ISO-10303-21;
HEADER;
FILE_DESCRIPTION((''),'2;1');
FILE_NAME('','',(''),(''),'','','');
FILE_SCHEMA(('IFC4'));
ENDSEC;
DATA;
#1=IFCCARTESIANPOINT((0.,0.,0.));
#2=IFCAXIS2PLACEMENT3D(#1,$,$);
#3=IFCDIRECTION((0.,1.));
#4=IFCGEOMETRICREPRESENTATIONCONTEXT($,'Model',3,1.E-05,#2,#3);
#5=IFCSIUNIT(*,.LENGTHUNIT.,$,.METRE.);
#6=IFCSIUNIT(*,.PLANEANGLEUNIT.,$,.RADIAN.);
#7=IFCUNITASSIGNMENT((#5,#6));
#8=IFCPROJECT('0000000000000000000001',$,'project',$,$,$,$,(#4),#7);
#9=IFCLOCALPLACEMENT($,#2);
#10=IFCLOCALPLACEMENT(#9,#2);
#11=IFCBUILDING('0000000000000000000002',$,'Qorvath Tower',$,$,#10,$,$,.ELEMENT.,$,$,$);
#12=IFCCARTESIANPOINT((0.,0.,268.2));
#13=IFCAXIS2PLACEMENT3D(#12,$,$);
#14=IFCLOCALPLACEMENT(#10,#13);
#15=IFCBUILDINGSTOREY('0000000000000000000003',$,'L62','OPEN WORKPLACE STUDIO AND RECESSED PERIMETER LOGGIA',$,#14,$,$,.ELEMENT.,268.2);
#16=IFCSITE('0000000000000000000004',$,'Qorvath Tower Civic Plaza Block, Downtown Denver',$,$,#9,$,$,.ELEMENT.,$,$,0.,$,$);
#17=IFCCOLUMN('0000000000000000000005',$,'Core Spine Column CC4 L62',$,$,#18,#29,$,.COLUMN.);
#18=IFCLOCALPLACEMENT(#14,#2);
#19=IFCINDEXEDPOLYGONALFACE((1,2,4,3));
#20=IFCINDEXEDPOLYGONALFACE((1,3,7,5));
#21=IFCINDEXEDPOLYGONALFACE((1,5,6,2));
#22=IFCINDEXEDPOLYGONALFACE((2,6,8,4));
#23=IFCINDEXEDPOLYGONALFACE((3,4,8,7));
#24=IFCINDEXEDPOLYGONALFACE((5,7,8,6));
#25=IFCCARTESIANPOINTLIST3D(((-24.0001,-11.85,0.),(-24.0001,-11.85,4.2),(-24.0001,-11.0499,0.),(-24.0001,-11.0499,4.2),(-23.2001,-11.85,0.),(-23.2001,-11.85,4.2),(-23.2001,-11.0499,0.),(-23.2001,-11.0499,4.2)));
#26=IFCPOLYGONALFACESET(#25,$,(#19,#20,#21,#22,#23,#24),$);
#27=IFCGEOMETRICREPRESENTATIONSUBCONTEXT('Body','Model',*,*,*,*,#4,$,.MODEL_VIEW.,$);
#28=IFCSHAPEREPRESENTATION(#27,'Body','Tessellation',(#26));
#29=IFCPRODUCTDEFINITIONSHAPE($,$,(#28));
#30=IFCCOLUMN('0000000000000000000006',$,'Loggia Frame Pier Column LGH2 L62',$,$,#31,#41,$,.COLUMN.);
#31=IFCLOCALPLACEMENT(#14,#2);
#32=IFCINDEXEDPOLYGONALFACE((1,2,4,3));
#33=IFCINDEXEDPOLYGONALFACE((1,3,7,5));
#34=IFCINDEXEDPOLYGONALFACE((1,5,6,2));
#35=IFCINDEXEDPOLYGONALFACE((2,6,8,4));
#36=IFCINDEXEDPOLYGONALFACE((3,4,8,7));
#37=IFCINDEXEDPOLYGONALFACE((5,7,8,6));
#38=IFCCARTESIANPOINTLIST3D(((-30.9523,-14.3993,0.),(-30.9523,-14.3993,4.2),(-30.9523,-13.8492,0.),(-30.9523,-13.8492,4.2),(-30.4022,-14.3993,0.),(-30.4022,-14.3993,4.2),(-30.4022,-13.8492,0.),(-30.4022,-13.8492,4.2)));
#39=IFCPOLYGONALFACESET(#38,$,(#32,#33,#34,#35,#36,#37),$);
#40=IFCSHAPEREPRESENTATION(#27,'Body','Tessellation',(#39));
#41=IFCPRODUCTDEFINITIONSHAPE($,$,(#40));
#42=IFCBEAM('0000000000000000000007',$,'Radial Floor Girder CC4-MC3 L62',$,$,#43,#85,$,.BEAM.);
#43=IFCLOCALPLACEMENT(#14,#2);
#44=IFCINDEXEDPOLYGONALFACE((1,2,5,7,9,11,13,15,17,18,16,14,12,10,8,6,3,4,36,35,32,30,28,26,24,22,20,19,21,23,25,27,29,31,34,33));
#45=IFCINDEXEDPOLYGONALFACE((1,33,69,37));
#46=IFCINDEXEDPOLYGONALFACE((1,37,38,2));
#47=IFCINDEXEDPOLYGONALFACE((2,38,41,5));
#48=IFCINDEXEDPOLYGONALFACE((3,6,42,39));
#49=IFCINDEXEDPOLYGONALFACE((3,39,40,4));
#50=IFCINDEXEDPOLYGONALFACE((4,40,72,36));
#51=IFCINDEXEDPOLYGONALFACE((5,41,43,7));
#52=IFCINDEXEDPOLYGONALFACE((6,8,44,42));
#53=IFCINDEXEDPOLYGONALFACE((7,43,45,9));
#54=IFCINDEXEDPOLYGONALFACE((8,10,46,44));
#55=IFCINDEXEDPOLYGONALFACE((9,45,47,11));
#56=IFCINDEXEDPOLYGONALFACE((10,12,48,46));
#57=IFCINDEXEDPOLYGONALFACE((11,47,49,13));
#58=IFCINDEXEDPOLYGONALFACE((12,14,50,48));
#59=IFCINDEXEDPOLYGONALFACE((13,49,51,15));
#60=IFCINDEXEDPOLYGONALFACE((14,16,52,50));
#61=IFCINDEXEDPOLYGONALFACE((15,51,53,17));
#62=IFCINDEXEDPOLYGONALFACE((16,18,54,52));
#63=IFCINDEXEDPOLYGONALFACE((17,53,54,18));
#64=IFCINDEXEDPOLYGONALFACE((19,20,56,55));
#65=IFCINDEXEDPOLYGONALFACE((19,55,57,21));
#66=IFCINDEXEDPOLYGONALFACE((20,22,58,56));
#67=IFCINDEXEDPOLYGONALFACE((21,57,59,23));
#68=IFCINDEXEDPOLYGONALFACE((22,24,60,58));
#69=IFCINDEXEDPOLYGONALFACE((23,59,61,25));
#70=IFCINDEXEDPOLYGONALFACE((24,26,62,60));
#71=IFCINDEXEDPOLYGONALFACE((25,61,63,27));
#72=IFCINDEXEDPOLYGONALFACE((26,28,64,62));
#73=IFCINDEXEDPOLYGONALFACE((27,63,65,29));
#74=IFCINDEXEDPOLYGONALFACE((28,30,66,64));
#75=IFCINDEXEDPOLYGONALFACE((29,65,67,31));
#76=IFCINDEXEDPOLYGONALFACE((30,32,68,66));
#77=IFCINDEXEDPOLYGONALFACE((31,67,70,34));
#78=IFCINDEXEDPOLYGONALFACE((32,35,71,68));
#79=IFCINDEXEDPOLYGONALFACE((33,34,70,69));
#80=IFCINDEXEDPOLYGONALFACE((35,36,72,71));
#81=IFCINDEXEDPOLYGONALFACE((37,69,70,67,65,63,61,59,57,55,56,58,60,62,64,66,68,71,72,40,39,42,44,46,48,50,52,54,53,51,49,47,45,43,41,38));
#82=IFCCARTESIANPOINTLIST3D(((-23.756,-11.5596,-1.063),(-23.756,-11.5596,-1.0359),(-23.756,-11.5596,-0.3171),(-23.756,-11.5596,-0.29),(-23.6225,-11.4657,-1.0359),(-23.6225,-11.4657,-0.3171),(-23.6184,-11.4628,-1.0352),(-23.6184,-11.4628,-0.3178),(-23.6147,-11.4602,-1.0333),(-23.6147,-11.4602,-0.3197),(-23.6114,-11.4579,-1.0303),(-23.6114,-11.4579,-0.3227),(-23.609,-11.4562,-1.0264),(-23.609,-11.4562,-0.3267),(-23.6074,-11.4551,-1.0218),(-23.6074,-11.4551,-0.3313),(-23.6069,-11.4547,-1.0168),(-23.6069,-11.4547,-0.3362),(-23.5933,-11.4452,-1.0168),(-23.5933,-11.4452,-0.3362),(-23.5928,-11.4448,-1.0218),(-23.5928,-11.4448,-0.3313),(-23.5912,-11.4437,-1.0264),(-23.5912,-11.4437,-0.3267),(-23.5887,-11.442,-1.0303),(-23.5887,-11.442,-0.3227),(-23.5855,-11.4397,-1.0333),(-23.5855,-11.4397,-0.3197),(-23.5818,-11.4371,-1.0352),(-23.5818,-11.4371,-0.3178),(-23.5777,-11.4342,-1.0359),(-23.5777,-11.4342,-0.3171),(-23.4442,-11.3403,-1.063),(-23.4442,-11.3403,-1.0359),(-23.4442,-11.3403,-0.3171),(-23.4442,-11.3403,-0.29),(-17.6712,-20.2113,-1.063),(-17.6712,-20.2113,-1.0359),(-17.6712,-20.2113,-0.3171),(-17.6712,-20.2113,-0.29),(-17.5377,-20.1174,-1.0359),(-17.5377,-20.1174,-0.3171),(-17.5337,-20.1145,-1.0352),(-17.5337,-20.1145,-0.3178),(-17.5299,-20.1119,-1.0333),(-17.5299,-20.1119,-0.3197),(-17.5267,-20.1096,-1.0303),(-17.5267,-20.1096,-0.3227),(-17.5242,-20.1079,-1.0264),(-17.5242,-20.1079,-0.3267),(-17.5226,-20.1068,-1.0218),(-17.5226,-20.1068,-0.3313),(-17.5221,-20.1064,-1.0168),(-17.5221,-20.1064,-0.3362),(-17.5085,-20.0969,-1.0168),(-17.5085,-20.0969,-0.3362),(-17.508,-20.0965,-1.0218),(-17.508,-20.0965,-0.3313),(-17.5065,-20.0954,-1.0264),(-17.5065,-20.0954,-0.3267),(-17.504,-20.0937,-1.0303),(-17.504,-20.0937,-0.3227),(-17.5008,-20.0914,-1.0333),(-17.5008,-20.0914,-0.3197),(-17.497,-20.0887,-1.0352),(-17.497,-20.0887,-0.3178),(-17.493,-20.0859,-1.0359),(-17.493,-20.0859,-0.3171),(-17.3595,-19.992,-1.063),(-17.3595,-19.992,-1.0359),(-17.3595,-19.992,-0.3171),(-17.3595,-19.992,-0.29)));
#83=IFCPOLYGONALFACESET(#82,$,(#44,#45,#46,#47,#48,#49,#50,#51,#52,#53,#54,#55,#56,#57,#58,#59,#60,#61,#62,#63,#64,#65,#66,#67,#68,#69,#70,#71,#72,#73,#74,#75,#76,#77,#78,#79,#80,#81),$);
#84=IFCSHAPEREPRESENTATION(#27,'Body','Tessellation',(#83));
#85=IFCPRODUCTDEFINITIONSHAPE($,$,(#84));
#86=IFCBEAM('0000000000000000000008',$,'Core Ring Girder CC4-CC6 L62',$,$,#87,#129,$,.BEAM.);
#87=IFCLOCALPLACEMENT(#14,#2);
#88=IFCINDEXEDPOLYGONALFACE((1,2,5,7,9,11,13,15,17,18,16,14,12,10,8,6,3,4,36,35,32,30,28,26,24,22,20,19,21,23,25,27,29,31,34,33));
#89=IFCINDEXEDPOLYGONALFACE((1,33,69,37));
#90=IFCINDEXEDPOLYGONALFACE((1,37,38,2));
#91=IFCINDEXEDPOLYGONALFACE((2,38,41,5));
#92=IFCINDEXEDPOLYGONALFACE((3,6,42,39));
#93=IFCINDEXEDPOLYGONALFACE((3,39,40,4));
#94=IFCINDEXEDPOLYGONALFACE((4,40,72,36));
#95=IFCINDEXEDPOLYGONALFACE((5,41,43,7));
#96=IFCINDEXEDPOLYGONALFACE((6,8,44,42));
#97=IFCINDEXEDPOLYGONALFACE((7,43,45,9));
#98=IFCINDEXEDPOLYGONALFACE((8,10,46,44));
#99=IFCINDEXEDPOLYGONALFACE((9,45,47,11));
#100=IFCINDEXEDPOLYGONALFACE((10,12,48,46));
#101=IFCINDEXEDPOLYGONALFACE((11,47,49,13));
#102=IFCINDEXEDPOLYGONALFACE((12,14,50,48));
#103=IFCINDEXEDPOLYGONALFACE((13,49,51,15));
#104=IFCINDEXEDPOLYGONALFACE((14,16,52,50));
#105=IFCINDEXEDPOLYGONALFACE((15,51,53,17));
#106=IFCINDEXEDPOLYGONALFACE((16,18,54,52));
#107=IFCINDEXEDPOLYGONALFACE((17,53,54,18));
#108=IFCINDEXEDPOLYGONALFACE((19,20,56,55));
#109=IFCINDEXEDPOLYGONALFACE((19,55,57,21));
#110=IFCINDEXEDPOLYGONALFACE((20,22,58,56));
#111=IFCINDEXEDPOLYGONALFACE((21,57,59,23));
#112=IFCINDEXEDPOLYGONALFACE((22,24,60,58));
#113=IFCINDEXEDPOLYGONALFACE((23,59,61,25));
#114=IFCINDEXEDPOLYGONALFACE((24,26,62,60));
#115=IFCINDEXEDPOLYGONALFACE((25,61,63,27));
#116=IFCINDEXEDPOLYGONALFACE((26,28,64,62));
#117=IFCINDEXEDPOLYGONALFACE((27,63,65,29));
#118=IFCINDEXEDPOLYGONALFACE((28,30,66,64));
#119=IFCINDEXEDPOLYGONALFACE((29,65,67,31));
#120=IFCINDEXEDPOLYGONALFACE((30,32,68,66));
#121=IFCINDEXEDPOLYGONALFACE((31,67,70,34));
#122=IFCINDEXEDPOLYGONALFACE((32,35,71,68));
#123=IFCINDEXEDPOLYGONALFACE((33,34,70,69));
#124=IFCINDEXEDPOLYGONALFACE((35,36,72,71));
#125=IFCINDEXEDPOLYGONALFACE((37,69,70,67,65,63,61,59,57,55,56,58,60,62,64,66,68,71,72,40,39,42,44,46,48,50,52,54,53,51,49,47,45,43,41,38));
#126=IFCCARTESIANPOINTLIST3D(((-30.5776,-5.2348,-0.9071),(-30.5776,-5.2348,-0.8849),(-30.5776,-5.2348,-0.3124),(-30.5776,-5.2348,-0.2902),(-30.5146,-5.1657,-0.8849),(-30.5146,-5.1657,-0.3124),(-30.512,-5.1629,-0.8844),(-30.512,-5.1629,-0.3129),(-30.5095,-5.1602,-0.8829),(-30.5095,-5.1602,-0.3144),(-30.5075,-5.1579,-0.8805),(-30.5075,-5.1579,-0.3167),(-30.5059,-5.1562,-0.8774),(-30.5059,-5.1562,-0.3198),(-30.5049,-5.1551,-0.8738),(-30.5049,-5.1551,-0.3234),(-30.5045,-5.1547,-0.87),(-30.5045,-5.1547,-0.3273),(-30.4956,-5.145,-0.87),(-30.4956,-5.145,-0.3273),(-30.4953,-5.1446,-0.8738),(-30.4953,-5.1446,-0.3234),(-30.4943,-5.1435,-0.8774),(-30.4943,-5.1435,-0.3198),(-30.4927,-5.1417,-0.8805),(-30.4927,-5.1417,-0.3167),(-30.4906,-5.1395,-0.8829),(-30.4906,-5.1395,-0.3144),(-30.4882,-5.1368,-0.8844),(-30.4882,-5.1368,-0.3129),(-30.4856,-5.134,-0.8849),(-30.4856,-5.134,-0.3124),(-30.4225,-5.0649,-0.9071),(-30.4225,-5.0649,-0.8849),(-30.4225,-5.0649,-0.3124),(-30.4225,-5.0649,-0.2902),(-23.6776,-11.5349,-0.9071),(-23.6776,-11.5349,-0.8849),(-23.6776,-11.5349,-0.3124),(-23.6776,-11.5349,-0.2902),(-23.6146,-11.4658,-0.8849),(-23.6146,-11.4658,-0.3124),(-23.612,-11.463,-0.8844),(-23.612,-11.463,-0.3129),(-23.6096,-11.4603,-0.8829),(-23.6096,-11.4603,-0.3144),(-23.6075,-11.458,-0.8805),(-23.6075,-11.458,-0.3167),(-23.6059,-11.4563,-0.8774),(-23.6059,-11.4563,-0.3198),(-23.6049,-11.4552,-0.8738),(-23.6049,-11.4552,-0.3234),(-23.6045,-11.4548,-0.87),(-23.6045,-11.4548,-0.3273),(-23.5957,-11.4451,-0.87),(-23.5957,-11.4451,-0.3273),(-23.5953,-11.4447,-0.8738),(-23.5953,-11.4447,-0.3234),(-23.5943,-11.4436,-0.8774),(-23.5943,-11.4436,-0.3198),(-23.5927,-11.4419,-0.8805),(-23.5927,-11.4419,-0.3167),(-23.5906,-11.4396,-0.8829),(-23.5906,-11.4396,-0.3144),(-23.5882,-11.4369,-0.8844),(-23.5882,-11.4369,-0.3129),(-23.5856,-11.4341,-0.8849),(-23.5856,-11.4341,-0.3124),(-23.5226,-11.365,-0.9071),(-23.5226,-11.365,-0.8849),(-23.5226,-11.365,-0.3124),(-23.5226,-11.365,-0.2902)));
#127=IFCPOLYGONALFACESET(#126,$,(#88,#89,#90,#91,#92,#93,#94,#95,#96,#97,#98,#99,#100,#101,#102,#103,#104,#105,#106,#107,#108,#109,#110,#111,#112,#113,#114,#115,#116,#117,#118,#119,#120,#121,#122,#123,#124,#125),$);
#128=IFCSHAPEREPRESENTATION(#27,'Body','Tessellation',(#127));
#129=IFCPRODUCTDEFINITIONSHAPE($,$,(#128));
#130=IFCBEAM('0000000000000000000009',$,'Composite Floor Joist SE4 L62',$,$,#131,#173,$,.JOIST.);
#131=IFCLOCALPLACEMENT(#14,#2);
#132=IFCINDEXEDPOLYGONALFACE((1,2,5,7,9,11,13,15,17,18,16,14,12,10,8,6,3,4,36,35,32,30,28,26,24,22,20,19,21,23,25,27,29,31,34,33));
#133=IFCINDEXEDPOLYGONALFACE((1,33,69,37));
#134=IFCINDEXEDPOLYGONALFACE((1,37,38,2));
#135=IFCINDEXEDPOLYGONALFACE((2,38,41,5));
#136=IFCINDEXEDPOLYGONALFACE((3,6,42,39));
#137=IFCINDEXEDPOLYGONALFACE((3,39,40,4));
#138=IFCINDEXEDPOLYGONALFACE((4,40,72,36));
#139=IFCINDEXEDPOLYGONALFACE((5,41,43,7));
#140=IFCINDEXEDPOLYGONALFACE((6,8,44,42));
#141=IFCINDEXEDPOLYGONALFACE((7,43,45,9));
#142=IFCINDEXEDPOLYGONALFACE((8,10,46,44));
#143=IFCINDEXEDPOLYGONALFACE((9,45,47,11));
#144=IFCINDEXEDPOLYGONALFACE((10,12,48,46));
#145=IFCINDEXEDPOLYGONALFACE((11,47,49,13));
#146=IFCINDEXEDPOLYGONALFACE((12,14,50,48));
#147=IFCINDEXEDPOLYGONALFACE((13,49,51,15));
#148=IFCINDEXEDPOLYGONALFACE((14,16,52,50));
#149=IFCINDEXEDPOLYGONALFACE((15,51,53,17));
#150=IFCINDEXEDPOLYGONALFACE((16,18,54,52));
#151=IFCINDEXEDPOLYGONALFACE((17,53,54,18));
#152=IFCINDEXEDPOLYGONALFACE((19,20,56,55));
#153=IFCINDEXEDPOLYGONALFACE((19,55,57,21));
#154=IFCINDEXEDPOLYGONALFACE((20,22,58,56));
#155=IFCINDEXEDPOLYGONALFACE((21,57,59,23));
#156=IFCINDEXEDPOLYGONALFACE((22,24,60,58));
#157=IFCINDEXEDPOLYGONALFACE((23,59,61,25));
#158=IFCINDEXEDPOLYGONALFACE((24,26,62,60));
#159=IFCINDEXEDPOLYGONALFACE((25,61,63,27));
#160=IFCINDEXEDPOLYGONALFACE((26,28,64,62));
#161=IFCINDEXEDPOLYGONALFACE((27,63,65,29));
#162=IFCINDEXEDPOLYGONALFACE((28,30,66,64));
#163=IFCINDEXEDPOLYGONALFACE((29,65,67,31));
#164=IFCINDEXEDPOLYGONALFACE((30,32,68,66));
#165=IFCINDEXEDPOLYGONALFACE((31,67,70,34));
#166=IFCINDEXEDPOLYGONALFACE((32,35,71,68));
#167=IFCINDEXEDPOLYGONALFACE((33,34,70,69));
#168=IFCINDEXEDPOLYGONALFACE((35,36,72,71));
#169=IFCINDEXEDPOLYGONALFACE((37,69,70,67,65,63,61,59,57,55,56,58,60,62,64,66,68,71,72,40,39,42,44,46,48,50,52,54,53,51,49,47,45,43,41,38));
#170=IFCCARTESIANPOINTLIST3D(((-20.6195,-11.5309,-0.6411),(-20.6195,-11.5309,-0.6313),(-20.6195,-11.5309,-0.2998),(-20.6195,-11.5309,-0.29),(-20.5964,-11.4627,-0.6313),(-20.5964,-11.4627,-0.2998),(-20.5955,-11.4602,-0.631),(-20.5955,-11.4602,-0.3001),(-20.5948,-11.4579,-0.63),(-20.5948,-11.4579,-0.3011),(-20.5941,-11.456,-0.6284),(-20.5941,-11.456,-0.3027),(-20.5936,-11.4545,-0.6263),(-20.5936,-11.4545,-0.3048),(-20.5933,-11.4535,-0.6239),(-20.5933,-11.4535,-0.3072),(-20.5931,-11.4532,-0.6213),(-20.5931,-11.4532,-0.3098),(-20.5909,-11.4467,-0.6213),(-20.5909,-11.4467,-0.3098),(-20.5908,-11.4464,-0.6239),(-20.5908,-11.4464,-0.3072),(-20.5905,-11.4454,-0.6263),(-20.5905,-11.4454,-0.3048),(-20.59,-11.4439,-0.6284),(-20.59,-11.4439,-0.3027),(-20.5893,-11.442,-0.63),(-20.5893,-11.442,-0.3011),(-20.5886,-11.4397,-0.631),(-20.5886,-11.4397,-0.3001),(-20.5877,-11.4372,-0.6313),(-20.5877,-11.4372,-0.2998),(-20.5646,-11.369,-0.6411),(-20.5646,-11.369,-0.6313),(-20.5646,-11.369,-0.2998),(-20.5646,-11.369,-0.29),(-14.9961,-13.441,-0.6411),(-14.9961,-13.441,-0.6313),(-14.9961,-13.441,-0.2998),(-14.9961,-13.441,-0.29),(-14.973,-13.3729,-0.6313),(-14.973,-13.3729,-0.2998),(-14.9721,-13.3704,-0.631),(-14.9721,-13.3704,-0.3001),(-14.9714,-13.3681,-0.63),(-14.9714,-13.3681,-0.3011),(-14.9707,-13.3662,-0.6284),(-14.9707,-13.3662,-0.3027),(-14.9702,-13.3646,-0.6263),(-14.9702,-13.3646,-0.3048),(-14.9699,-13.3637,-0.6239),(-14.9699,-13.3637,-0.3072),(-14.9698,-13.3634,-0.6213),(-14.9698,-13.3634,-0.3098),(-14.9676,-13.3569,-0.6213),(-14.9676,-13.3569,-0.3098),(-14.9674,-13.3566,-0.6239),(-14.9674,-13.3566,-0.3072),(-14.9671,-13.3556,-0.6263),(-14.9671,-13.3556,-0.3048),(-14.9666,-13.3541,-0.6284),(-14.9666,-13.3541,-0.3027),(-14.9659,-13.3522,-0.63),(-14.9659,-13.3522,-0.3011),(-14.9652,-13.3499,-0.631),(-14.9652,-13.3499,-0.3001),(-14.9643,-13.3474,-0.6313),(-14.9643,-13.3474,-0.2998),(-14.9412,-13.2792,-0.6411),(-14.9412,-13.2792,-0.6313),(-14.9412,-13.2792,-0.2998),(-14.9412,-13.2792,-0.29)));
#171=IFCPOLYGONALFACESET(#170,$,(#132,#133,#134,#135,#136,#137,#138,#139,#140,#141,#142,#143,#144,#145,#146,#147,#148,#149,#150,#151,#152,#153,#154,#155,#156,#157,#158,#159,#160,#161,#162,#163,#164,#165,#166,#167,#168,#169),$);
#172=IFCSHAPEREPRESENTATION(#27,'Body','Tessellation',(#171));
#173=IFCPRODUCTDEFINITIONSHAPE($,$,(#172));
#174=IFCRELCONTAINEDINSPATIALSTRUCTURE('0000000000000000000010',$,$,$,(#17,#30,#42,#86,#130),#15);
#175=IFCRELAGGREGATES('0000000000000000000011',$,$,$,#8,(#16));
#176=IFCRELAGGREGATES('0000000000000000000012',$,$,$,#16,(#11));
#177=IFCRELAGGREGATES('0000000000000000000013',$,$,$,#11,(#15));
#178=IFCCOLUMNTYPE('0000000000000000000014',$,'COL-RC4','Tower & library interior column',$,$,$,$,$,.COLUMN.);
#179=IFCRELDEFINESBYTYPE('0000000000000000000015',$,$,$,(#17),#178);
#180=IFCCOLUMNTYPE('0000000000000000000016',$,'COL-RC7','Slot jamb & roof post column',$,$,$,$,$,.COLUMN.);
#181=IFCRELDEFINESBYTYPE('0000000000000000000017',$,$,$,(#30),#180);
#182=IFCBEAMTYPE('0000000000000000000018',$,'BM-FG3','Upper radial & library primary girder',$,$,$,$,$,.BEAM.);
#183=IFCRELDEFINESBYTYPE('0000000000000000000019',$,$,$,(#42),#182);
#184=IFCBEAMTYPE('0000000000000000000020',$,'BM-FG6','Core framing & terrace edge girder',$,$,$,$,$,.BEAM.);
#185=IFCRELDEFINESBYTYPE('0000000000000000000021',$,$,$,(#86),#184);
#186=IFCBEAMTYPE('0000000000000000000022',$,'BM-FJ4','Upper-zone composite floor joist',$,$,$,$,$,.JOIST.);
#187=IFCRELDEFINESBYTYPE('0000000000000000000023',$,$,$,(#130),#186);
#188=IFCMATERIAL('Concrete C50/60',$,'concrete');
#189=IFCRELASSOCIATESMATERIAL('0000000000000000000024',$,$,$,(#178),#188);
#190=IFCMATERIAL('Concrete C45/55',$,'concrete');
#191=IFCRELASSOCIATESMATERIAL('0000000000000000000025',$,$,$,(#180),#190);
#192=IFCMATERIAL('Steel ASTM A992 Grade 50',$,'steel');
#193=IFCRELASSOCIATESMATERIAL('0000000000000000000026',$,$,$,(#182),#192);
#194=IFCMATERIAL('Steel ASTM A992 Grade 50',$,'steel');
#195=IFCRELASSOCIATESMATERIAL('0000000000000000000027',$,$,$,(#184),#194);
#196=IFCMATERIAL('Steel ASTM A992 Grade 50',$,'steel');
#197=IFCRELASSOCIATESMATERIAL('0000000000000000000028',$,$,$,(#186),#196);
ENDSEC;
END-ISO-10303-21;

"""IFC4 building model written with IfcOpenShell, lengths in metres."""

from ifc_helpers import new_model, si_unit, direction, frame, origin, origin_2d, place, context, subcontext, project, spatial, rectangle, i_section, extrude, material, material_profile, profile_set, type_object, element, save


model = new_model("IFC4")

# Units and contexts
model_context = context("Model", 3, precision=1e-05, world=origin(), true_north=direction((0.0, 1.0)))
body_context = subcontext(model_context, "Body", "Model", "MODEL_VIEW")
ifc_project = project(units=[si_unit("LENGTHUNIT", "METRE"), si_unit("PLANEANGLEUNIT", "RADIAN")], contexts=[model_context])

# Site, building, storey
site_placement = place(None, origin())
site = spatial("IfcSite", under=ifc_project, at=site_placement, Name="Qorvath Tower Civic Plaza Block, Downtown Denver", CompositionType="ELEMENT", RefElevation=0.0)
building_placement = place(site_placement, origin())
building = spatial("IfcBuilding", under=site, at=building_placement, Name="Qorvath Tower", CompositionType="ELEMENT")
storey_placement = place(building_placement, frame((0.0, 0.0, 268.2)))
storey = spatial("IfcBuildingStorey", under=building, at=storey_placement, Name="L62", Description="OPEN WORKPLACE STUDIO AND RECESSED PERIMETER LOGGIA", CompositionType="ELEMENT", Elevation=268.2)

# Columns
ifc_material_1 = material(Name="Concrete C50/60", Category="concrete")
ifc_material_profile_1 = material_profile(ifc_material_1, rectangle(XDim=0.8, YDim=0.8, at=origin_2d()), Name="RC 800x800")
ifc_profile_set_1 = profile_set([ifc_material_profile_1], Name="Concrete C50/60")
column_type_1 = type_object("IfcColumnType", Name="COL-RC4", Description="Tower & library interior column", PredefinedType="COLUMN", material=ifc_profile_set_1)
column_1_placement = place(storey_placement, frame((-23.6001, -11.45, 0.0), z_axis=(0.0, 0.0, 1.0), x_axis=(1.0, 0.0, 0.0)))
element("IfcColumn", 1, at=column_1_placement, inside=storey, type_object=column_type_1, Name="Core Spine Column CC4 L62", PredefinedType="COLUMN", context=body_context, shape_type="SweptSolid", body=[
    extrude(rectangle(XDim=0.8, YDim=0.8, at=origin_2d()), origin(), (0.0, 0.0, 1.0), 4.2),
])
ifc_material_2 = material(Name="Concrete C45/55", Category="concrete")
ifc_material_profile_2 = material_profile(ifc_material_2, rectangle(XDim=0.55, YDim=0.55, at=origin_2d()), Name="RC 550x550")
ifc_profile_set_2 = profile_set([ifc_material_profile_2], Name="Concrete C45/55")
column_type_2 = type_object("IfcColumnType", Name="COL-RC7", Description="Slot jamb & roof post column", PredefinedType="COLUMN", material=ifc_profile_set_2)
column_2_placement = place(storey_placement, frame((-30.6772, -14.1243, 0.0), z_axis=(0.0, 0.0, 1.0), x_axis=(1.0, 0.0, 0.0)))
element("IfcColumn", 2, at=column_2_placement, inside=storey, type_object=column_type_2, Name="Loggia Frame Pier Column LGH2 L62", PredefinedType="COLUMN", context=body_context, shape_type="SweptSolid", body=[
    extrude(rectangle(XDim=0.55, YDim=0.55, at=origin_2d()), origin(), (0.0, 0.0, 1.0), 4.2),
])

# Beams
ifc_material_3 = material(Name="Steel ASTM A992 Grade 50", Category="steel")
ifc_material_profile_3 = material_profile(ifc_material_3, i_section(OverallWidth=0.3811, OverallDepth=0.7729, WebThickness=0.0166, FlangeThickness=0.0271, FilletRadius=0.019, at=origin_2d()), Name="W30x173")
ifc_profile_set_3 = profile_set([ifc_material_profile_3], Name="Steel ASTM A992 Grade 50")
beam_type_1 = type_object("IfcBeamType", Name="BM-FG3", Description="Upper radial & library primary girder", PredefinedType="BEAM", material=ifc_profile_set_3)
beam_1_placement = place(storey_placement, frame((-23.6001, -11.45, -0.6765), z_axis=(0.575275, -0.81796, 0.0), x_axis=(0.81796, 0.575275, 0.0)))
element("IfcBeam", 3, at=beam_1_placement, inside=storey, type_object=beam_type_1, Name="Radial Floor Girder CC4-MC3 L62", PredefinedType="BEAM", context=body_context, shape_type="SweptSolid", body=[
    extrude(i_section(OverallWidth=0.3811, OverallDepth=0.7729, WebThickness=0.0166, FlangeThickness=0.0271, FilletRadius=0.019, at=origin_2d()), origin(), (0.0, 0.0, 1.0), 10.5771),
])
ifc_material_4 = material(Name="Steel ASTM A992 Grade 50", Category="steel")
ifc_material_profile_4 = material_profile(ifc_material_4, i_section(OverallWidth=0.23, OverallDepth=0.6169, WebThickness=0.0132, FlangeThickness=0.0222, FilletRadius=0.0149, at=origin_2d()), Name="W24x94")
ifc_profile_set_4 = profile_set([ifc_material_profile_4], Name="Steel ASTM A992 Grade 50")
beam_type_2 = type_object("IfcBeamType", Name="BM-FG6", Description="Core framing & terrace edge girder", PredefinedType="BEAM", material=ifc_profile_set_4)
beam_2_placement = place(storey_placement, frame((-23.6001, -11.45, -0.5986), z_axis=(-0.738478, 0.674277, 0.0), x_axis=(-0.674277, -0.738478, 0.0)))
element("IfcBeam", 4, at=beam_2_placement, inside=storey, type_object=beam_type_2, Name="Core Ring Girder CC4-CC6 L62", PredefinedType="BEAM", context=body_context, shape_type="SweptSolid", body=[
    extrude(i_section(OverallWidth=0.23, OverallDepth=0.6169, WebThickness=0.0132, FlangeThickness=0.0222, FilletRadius=0.0149, at=origin_2d()), origin(), (0.0, 0.0, 1.0), 9.3435),
])
ifc_material_5 = material(Name="Steel ASTM A992 Grade 50", Category="steel")
ifc_material_profile_5 = material_profile(ifc_material_5, i_section(OverallWidth=0.1709, OverallDepth=0.3511, WebThickness=0.0068, FlangeThickness=0.0098, FilletRadius=0.01, at=origin_2d()), Name="W14x30")
ifc_profile_set_5 = profile_set([ifc_material_profile_5], Name="Steel ASTM A992 Grade 50")
beam_type_3 = type_object("IfcBeamType", Name="BM-FJ4", Description="Upper-zone composite floor joist", PredefinedType="JOIST", material=ifc_profile_set_5)
beam_3_placement = place(storey_placement, frame((-20.592, -11.45, -0.4656), z_axis=(0.946863, -0.321637, 0.0), x_axis=(0.321637, 0.946863, 0.0)))
element("IfcBeam", 5, at=beam_3_placement, inside=storey, type_object=beam_type_3, Name="Composite Floor Joist SE4 L62", PredefinedType="JOIST", context=body_context, shape_type="SweptSolid", body=[
    extrude(i_section(OverallWidth=0.1709, OverallDepth=0.3511, WebThickness=0.0068, FlangeThickness=0.0098, FilletRadius=0.01, at=origin_2d()), origin(), (0.0, 0.0, 1.0), 5.939),
])

save(model, "model.ifc")
